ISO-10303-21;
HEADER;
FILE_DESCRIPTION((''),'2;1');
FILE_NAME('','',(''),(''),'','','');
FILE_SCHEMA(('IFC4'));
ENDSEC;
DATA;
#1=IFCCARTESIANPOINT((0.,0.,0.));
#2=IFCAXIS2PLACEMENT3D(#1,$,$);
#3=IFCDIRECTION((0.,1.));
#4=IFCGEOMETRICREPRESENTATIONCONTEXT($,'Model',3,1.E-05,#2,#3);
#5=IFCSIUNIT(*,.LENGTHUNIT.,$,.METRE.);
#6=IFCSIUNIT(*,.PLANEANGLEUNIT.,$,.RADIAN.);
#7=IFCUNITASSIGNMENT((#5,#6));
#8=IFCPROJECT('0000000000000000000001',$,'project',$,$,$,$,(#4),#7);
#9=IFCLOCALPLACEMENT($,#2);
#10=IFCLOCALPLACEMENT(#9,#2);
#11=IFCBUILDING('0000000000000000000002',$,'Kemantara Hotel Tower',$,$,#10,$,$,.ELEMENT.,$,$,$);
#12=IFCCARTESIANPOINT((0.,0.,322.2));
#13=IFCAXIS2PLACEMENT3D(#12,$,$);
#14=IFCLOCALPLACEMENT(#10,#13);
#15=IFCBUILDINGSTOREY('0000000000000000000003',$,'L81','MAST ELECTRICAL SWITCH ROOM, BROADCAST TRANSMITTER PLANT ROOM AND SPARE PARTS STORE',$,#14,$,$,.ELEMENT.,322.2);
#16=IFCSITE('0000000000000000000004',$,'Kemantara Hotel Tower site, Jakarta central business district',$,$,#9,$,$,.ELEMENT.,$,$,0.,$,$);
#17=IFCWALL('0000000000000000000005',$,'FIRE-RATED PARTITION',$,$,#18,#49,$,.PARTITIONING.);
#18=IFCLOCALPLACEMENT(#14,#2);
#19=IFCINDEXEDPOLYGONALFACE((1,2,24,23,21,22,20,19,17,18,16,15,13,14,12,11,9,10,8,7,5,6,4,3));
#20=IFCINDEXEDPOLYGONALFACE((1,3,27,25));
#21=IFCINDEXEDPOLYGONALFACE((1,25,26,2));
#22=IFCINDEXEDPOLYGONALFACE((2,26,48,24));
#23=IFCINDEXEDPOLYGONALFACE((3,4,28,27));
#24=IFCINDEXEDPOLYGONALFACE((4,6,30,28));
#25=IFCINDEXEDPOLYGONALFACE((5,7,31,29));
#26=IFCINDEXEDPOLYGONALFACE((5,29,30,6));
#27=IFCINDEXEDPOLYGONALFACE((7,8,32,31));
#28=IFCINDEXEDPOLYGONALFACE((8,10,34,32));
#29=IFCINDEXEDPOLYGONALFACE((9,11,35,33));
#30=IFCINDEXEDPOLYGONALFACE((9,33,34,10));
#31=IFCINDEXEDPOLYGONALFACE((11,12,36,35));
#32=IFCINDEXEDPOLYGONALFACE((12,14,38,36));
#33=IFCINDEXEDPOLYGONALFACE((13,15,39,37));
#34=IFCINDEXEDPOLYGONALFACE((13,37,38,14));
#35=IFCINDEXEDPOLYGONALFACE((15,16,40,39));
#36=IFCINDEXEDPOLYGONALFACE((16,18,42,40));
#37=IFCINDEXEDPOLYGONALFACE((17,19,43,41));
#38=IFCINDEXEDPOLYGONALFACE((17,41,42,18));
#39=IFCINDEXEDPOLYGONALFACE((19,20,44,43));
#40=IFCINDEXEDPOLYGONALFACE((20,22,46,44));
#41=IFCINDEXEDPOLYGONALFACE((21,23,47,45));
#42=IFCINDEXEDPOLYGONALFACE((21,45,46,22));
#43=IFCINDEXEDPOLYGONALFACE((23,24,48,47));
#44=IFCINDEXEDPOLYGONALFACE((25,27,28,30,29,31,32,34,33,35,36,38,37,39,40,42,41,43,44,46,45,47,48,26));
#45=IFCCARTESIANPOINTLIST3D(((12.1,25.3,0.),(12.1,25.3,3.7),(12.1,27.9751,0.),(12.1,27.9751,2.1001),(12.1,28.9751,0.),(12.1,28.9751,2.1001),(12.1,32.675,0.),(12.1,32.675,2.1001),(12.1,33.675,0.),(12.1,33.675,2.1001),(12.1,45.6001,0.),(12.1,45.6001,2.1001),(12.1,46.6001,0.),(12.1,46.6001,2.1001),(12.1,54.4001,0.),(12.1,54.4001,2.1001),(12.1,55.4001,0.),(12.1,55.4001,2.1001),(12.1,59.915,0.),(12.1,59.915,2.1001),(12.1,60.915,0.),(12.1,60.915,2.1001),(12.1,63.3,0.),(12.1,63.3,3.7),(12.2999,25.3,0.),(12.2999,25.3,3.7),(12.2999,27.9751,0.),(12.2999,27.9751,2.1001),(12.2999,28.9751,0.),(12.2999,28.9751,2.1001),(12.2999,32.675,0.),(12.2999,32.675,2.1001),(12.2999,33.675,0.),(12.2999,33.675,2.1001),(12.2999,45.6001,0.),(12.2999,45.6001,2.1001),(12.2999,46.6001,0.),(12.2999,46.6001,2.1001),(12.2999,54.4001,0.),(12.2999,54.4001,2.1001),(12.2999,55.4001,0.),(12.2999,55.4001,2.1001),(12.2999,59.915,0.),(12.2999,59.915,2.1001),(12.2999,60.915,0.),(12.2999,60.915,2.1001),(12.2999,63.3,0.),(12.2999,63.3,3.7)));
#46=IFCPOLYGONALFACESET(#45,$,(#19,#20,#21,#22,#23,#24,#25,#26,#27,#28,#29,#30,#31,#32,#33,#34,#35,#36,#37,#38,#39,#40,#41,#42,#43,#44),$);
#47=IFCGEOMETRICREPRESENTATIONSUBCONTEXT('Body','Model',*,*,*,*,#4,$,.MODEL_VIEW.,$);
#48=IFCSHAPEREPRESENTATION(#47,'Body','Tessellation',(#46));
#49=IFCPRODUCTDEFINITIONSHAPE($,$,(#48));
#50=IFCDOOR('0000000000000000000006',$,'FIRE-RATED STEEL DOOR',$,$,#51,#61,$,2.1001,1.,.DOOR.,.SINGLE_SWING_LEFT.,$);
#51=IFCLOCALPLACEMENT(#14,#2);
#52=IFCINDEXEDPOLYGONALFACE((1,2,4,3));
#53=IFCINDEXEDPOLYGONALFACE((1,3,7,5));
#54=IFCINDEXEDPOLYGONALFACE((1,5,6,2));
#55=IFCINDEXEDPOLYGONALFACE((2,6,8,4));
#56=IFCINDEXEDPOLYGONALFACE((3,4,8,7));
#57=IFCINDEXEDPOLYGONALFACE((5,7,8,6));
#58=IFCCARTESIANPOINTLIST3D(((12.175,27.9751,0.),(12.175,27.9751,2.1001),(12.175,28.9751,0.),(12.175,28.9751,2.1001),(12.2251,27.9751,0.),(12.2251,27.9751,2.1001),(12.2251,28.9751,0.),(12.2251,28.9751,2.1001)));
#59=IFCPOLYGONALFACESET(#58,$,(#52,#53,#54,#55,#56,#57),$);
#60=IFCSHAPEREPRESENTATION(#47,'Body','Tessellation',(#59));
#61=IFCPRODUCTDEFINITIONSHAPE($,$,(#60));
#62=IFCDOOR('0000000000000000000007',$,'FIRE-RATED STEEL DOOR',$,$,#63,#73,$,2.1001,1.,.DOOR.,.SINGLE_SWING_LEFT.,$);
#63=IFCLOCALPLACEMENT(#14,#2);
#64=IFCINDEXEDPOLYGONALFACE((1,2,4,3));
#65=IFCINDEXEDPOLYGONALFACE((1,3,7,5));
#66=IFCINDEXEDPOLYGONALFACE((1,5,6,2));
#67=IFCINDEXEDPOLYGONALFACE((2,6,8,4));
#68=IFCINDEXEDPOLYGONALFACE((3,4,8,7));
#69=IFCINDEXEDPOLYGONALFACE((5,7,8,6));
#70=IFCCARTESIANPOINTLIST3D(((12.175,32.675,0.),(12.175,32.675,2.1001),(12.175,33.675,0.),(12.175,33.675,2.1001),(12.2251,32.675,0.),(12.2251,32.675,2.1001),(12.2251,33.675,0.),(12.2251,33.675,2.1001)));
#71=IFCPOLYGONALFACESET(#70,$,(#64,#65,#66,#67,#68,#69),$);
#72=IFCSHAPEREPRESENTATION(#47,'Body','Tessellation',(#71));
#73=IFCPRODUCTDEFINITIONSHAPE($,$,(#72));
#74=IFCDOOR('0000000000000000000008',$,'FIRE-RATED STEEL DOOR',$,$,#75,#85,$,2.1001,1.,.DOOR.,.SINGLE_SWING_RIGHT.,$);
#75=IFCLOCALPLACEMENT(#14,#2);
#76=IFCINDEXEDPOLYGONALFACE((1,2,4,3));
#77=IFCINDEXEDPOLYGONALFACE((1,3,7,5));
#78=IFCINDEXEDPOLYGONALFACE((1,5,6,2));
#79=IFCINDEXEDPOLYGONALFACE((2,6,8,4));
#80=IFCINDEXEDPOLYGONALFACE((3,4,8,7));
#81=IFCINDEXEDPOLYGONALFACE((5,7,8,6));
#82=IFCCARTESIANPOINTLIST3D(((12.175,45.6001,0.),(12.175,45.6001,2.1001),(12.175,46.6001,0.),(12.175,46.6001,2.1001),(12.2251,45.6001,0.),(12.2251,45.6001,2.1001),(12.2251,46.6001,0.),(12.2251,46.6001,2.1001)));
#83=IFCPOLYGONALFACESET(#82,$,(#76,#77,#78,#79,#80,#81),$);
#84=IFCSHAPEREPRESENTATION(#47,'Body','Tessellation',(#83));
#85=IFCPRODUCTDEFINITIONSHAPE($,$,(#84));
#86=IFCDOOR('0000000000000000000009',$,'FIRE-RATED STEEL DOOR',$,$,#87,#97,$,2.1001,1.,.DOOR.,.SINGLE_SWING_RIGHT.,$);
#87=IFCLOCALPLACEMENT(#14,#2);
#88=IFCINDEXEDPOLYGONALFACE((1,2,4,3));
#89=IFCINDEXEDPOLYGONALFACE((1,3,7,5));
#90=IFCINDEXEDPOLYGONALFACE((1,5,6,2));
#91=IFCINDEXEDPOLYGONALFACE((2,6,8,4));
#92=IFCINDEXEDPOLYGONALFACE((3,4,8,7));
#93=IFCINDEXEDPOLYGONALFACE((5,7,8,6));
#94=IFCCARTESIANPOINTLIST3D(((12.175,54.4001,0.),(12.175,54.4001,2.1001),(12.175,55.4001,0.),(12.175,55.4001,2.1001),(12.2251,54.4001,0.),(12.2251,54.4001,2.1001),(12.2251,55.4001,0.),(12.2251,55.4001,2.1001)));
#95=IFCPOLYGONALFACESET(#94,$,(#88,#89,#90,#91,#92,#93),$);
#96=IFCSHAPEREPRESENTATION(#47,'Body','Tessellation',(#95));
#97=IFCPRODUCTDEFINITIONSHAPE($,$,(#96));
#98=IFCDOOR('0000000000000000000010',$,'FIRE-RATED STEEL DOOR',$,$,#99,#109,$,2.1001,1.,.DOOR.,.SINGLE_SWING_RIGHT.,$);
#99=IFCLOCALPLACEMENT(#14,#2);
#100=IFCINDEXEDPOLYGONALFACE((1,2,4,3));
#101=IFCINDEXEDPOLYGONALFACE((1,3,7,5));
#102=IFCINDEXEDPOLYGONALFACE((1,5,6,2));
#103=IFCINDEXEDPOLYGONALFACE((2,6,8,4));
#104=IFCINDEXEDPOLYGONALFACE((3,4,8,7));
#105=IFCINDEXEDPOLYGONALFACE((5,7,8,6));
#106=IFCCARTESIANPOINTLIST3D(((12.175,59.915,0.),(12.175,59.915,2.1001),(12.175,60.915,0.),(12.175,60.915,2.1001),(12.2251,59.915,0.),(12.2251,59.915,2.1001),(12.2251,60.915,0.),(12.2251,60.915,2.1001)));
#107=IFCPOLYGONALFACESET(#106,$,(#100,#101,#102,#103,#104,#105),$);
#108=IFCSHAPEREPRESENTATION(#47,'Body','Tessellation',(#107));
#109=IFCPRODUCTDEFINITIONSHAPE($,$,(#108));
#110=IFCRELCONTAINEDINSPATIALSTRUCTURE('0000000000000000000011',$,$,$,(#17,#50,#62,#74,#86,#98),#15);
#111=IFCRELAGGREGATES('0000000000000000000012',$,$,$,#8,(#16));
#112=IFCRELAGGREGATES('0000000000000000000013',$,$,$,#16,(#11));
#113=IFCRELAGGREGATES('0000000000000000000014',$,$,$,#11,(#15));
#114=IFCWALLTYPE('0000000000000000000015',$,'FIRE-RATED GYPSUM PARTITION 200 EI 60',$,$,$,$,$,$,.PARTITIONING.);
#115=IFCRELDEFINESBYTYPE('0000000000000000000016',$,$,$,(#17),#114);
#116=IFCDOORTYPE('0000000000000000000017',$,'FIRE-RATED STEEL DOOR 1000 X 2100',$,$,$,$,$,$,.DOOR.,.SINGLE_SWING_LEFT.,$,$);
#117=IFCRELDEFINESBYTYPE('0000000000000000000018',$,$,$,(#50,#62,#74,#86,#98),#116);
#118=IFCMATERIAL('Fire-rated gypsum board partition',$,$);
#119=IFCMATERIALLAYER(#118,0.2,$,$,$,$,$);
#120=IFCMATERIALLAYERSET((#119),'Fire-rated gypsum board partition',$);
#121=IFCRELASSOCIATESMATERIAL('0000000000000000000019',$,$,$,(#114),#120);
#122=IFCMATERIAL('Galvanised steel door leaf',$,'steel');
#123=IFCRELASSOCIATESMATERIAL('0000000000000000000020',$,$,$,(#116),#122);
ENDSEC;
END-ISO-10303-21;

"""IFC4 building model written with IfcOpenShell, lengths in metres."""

from ifc_helpers import new_model, si_unit, direction, frame, frame_2d, origin, place, context, subcontext, project, spatial, rectangle, extrude, material, layer, layer_set, type_object, element, fill, save


model = new_model("IFC4")

# Units and contexts
model_context = context("Model", 3, precision=1e-05, world=origin(), true_north=direction((0.0, 1.0)))
body_context = subcontext(model_context, "Body", "Model", "MODEL_VIEW")
ifc_project = project(units=[si_unit("LENGTHUNIT", "METRE"), si_unit("PLANEANGLEUNIT", "RADIAN")], contexts=[model_context])

# Site, building, storey
site_placement = place(None, origin())
site = spatial("IfcSite", under=ifc_project, at=site_placement, Name="Kemantara Hotel Tower site, Jakarta central business district", CompositionType="ELEMENT", RefElevation=0.0)
building_placement = place(site_placement, origin())
building = spatial("IfcBuilding", under=site, at=building_placement, Name="Kemantara Hotel Tower", CompositionType="ELEMENT")
storey_placement = place(building_placement, frame((0.0, 0.0, 322.2)))
storey = spatial("IfcBuildingStorey", under=building, at=storey_placement, Name="L81", Description="MAST ELECTRICAL SWITCH ROOM, BROADCAST TRANSMITTER PLANT ROOM AND SPARE PARTS STORE", CompositionType="ELEMENT", Elevation=322.2)

# Shared definitions
ifc_material_1 = material(Name="Fire-rated gypsum board partition")
ifc_layer_1 = layer(ifc_material_1, 0.2)
ifc_layer_set_1 = layer_set([ifc_layer_1], Name="Fire-rated gypsum board partition")
wall_type_1 = type_object("IfcWallType", Name="FIRE-RATED GYPSUM PARTITION 200 EI 60", PredefinedType="PARTITIONING", material=ifc_layer_set_1)

# Wall, openings, doors
wall_1_placement = place(storey_placement, frame((12.2, 25.3, 0.0), z_axis=(0.0, 0.0, 1.0), x_axis=(0.0, 1.0, 0.0)))
wall_1 = element("IfcWall", 1, at=wall_1_placement, inside=storey, type_object=wall_type_1, Name="FIRE-RATED PARTITION", PredefinedType="PARTITIONING", context=body_context, shape_type="SweptSolid", body=[
    extrude(rectangle(XDim=38.0, YDim=0.2, at=frame_2d((19.0, 0.0))), origin(), (0.0, 0.0, 1.0), 3.7),
])
opening_1_placement = place(wall_1_placement, frame((2.675, 0.0, 0.0)))
opening_1 = element("IfcOpeningElement", 2, at=opening_1_placement, cuts=wall_1, PredefinedType="OPENING", context=body_context, shape_type="SweptSolid", body=[
    extrude(rectangle(XDim=1.0, YDim=2.1001, at=frame_2d((0.5, 1.05))), frame((0.0, 0.1099, 0.0), z_axis=(0.0, -1.0, 0.0), x_axis=(1.0, 0.0, 0.0)), (0.0, 0.0, 1.0), 0.22),
])
opening_2_placement = place(wall_1_placement, frame((7.375, 0.0, 0.0)))
opening_2 = element("IfcOpeningElement", 3, at=opening_2_placement, cuts=wall_1, PredefinedType="OPENING", context=body_context, shape_type="SweptSolid", body=[
    extrude(rectangle(XDim=1.0, YDim=2.1001, at=frame_2d((0.5, 1.05))), frame((0.0, 0.1099, 0.0), z_axis=(0.0, -1.0, 0.0), x_axis=(1.0, 0.0, 0.0)), (0.0, 0.0, 1.0), 0.22),
])
opening_3_placement = place(wall_1_placement, frame((20.3, 0.0, 0.0)))
opening_3 = element("IfcOpeningElement", 4, at=opening_3_placement, cuts=wall_1, PredefinedType="OPENING", context=body_context, shape_type="SweptSolid", body=[
    extrude(rectangle(XDim=1.0, YDim=2.1001, at=frame_2d((0.5, 1.05))), frame((0.0, 0.1099, 0.0), z_axis=(0.0, -1.0, 0.0), x_axis=(1.0, 0.0, 0.0)), (0.0, 0.0, 1.0), 0.22),
])
opening_4_placement = place(wall_1_placement, frame((29.1001, 0.0, 0.0)))
opening_4 = element("IfcOpeningElement", 5, at=opening_4_placement, cuts=wall_1, PredefinedType="OPENING", context=body_context, shape_type="SweptSolid", body=[
    extrude(rectangle(XDim=1.0, YDim=2.1001, at=frame_2d((0.5, 1.05))), frame((0.0, 0.1099, 0.0), z_axis=(0.0, -1.0, 0.0), x_axis=(1.0, 0.0, 0.0)), (0.0, 0.0, 1.0), 0.22),
])
opening_5_placement = place(wall_1_placement, frame((34.615, 0.0, 0.0)))
opening_5 = element("IfcOpeningElement", 6, at=opening_5_placement, cuts=wall_1, PredefinedType="OPENING", context=body_context, shape_type="SweptSolid", body=[
    extrude(rectangle(XDim=1.0, YDim=2.1001, at=frame_2d((0.5, 1.05))), frame((0.0, 0.1099, 0.0), z_axis=(0.0, -1.0, 0.0), x_axis=(1.0, 0.0, 0.0)), (0.0, 0.0, 1.0), 0.22),
])
ifc_material_2 = material(Name="Galvanised steel door leaf", Category="steel")
door_type = type_object("IfcDoorType", Name="FIRE-RATED STEEL DOOR 1000 X 2100", OperationType="SINGLE_SWING_LEFT", PredefinedType="DOOR", material=ifc_material_2)
door_1_placement = place(opening_1_placement, origin())
door_1 = element("IfcDoor", 7, at=door_1_placement, inside=storey, type_object=door_type, Name="FIRE-RATED STEEL DOOR", OperationType="SINGLE_SWING_LEFT", OverallHeight=2.1001, OverallWidth=1.0, PredefinedType="DOOR", context=body_context, shape_type="SweptSolid", body=[
    extrude(rectangle(XDim=1.0, YDim=2.1001, at=frame_2d((0.5, 1.05))), frame((0.0, 0.0249, 0.0), z_axis=(0.0, -1.0, 0.0), x_axis=(1.0, 0.0, 0.0)), (0.0, 0.0, 1.0), 0.05),
])
fill(opening_1, door_1)
door_2_placement = place(opening_2_placement, origin())
door_2 = element("IfcDoor", 8, at=door_2_placement, inside=storey, type_object=door_type, Name="FIRE-RATED STEEL DOOR", OperationType="SINGLE_SWING_LEFT", OverallHeight=2.1001, OverallWidth=1.0, PredefinedType="DOOR", context=body_context, shape_type="SweptSolid", body=[
    extrude(rectangle(XDim=1.0, YDim=2.1001, at=frame_2d((0.5, 1.05))), frame((0.0, 0.0249, 0.0), z_axis=(0.0, -1.0, 0.0), x_axis=(1.0, 0.0, 0.0)), (0.0, 0.0, 1.0), 0.05),
])
fill(opening_2, door_2)
door_3_placement = place(opening_3_placement, origin())
door_3 = element("IfcDoor", 9, at=door_3_placement, inside=storey, type_object=door_type, Name="FIRE-RATED STEEL DOOR", OperationType="SINGLE_SWING_RIGHT", OverallHeight=2.1001, OverallWidth=1.0, PredefinedType="DOOR", context=body_context, shape_type="SweptSolid", body=[
    extrude(rectangle(XDim=1.0, YDim=2.1001, at=frame_2d((0.5, 1.05))), frame((0.0, 0.0249, 0.0), z_axis=(0.0, -1.0, 0.0), x_axis=(1.0, 0.0, 0.0)), (0.0, 0.0, 1.0), 0.05),
])
fill(opening_3, door_3)
door_4_placement = place(opening_4_placement, origin())
door_4 = element("IfcDoor", 10, at=door_4_placement, inside=storey, type_object=door_type, Name="FIRE-RATED STEEL DOOR", OperationType="SINGLE_SWING_RIGHT", OverallHeight=2.1001, OverallWidth=1.0, PredefinedType="DOOR", context=body_context, shape_type="SweptSolid", body=[
    extrude(rectangle(XDim=1.0, YDim=2.1001, at=frame_2d((0.5, 1.05))), frame((0.0, 0.0249, 0.0), z_axis=(0.0, -1.0, 0.0), x_axis=(1.0, 0.0, 0.0)), (0.0, 0.0, 1.0), 0.05),
])
fill(opening_4, door_4)
door_5_placement = place(opening_5_placement, origin())
door_5 = element("IfcDoor", 11, at=door_5_placement, inside=storey, type_object=door_type, Name="FIRE-RATED STEEL DOOR", OperationType="SINGLE_SWING_RIGHT", OverallHeight=2.1001, OverallWidth=1.0, PredefinedType="DOOR", context=body_context, shape_type="SweptSolid", body=[
    extrude(rectangle(XDim=1.0, YDim=2.1001, at=frame_2d((0.5, 1.05))), frame((0.0, 0.0249, 0.0), z_axis=(0.0, -1.0, 0.0), x_axis=(1.0, 0.0, 0.0)), (0.0, 0.0, 1.0), 0.05),
])
fill(opening_5, door_5)

save(model, "model.ifc")
